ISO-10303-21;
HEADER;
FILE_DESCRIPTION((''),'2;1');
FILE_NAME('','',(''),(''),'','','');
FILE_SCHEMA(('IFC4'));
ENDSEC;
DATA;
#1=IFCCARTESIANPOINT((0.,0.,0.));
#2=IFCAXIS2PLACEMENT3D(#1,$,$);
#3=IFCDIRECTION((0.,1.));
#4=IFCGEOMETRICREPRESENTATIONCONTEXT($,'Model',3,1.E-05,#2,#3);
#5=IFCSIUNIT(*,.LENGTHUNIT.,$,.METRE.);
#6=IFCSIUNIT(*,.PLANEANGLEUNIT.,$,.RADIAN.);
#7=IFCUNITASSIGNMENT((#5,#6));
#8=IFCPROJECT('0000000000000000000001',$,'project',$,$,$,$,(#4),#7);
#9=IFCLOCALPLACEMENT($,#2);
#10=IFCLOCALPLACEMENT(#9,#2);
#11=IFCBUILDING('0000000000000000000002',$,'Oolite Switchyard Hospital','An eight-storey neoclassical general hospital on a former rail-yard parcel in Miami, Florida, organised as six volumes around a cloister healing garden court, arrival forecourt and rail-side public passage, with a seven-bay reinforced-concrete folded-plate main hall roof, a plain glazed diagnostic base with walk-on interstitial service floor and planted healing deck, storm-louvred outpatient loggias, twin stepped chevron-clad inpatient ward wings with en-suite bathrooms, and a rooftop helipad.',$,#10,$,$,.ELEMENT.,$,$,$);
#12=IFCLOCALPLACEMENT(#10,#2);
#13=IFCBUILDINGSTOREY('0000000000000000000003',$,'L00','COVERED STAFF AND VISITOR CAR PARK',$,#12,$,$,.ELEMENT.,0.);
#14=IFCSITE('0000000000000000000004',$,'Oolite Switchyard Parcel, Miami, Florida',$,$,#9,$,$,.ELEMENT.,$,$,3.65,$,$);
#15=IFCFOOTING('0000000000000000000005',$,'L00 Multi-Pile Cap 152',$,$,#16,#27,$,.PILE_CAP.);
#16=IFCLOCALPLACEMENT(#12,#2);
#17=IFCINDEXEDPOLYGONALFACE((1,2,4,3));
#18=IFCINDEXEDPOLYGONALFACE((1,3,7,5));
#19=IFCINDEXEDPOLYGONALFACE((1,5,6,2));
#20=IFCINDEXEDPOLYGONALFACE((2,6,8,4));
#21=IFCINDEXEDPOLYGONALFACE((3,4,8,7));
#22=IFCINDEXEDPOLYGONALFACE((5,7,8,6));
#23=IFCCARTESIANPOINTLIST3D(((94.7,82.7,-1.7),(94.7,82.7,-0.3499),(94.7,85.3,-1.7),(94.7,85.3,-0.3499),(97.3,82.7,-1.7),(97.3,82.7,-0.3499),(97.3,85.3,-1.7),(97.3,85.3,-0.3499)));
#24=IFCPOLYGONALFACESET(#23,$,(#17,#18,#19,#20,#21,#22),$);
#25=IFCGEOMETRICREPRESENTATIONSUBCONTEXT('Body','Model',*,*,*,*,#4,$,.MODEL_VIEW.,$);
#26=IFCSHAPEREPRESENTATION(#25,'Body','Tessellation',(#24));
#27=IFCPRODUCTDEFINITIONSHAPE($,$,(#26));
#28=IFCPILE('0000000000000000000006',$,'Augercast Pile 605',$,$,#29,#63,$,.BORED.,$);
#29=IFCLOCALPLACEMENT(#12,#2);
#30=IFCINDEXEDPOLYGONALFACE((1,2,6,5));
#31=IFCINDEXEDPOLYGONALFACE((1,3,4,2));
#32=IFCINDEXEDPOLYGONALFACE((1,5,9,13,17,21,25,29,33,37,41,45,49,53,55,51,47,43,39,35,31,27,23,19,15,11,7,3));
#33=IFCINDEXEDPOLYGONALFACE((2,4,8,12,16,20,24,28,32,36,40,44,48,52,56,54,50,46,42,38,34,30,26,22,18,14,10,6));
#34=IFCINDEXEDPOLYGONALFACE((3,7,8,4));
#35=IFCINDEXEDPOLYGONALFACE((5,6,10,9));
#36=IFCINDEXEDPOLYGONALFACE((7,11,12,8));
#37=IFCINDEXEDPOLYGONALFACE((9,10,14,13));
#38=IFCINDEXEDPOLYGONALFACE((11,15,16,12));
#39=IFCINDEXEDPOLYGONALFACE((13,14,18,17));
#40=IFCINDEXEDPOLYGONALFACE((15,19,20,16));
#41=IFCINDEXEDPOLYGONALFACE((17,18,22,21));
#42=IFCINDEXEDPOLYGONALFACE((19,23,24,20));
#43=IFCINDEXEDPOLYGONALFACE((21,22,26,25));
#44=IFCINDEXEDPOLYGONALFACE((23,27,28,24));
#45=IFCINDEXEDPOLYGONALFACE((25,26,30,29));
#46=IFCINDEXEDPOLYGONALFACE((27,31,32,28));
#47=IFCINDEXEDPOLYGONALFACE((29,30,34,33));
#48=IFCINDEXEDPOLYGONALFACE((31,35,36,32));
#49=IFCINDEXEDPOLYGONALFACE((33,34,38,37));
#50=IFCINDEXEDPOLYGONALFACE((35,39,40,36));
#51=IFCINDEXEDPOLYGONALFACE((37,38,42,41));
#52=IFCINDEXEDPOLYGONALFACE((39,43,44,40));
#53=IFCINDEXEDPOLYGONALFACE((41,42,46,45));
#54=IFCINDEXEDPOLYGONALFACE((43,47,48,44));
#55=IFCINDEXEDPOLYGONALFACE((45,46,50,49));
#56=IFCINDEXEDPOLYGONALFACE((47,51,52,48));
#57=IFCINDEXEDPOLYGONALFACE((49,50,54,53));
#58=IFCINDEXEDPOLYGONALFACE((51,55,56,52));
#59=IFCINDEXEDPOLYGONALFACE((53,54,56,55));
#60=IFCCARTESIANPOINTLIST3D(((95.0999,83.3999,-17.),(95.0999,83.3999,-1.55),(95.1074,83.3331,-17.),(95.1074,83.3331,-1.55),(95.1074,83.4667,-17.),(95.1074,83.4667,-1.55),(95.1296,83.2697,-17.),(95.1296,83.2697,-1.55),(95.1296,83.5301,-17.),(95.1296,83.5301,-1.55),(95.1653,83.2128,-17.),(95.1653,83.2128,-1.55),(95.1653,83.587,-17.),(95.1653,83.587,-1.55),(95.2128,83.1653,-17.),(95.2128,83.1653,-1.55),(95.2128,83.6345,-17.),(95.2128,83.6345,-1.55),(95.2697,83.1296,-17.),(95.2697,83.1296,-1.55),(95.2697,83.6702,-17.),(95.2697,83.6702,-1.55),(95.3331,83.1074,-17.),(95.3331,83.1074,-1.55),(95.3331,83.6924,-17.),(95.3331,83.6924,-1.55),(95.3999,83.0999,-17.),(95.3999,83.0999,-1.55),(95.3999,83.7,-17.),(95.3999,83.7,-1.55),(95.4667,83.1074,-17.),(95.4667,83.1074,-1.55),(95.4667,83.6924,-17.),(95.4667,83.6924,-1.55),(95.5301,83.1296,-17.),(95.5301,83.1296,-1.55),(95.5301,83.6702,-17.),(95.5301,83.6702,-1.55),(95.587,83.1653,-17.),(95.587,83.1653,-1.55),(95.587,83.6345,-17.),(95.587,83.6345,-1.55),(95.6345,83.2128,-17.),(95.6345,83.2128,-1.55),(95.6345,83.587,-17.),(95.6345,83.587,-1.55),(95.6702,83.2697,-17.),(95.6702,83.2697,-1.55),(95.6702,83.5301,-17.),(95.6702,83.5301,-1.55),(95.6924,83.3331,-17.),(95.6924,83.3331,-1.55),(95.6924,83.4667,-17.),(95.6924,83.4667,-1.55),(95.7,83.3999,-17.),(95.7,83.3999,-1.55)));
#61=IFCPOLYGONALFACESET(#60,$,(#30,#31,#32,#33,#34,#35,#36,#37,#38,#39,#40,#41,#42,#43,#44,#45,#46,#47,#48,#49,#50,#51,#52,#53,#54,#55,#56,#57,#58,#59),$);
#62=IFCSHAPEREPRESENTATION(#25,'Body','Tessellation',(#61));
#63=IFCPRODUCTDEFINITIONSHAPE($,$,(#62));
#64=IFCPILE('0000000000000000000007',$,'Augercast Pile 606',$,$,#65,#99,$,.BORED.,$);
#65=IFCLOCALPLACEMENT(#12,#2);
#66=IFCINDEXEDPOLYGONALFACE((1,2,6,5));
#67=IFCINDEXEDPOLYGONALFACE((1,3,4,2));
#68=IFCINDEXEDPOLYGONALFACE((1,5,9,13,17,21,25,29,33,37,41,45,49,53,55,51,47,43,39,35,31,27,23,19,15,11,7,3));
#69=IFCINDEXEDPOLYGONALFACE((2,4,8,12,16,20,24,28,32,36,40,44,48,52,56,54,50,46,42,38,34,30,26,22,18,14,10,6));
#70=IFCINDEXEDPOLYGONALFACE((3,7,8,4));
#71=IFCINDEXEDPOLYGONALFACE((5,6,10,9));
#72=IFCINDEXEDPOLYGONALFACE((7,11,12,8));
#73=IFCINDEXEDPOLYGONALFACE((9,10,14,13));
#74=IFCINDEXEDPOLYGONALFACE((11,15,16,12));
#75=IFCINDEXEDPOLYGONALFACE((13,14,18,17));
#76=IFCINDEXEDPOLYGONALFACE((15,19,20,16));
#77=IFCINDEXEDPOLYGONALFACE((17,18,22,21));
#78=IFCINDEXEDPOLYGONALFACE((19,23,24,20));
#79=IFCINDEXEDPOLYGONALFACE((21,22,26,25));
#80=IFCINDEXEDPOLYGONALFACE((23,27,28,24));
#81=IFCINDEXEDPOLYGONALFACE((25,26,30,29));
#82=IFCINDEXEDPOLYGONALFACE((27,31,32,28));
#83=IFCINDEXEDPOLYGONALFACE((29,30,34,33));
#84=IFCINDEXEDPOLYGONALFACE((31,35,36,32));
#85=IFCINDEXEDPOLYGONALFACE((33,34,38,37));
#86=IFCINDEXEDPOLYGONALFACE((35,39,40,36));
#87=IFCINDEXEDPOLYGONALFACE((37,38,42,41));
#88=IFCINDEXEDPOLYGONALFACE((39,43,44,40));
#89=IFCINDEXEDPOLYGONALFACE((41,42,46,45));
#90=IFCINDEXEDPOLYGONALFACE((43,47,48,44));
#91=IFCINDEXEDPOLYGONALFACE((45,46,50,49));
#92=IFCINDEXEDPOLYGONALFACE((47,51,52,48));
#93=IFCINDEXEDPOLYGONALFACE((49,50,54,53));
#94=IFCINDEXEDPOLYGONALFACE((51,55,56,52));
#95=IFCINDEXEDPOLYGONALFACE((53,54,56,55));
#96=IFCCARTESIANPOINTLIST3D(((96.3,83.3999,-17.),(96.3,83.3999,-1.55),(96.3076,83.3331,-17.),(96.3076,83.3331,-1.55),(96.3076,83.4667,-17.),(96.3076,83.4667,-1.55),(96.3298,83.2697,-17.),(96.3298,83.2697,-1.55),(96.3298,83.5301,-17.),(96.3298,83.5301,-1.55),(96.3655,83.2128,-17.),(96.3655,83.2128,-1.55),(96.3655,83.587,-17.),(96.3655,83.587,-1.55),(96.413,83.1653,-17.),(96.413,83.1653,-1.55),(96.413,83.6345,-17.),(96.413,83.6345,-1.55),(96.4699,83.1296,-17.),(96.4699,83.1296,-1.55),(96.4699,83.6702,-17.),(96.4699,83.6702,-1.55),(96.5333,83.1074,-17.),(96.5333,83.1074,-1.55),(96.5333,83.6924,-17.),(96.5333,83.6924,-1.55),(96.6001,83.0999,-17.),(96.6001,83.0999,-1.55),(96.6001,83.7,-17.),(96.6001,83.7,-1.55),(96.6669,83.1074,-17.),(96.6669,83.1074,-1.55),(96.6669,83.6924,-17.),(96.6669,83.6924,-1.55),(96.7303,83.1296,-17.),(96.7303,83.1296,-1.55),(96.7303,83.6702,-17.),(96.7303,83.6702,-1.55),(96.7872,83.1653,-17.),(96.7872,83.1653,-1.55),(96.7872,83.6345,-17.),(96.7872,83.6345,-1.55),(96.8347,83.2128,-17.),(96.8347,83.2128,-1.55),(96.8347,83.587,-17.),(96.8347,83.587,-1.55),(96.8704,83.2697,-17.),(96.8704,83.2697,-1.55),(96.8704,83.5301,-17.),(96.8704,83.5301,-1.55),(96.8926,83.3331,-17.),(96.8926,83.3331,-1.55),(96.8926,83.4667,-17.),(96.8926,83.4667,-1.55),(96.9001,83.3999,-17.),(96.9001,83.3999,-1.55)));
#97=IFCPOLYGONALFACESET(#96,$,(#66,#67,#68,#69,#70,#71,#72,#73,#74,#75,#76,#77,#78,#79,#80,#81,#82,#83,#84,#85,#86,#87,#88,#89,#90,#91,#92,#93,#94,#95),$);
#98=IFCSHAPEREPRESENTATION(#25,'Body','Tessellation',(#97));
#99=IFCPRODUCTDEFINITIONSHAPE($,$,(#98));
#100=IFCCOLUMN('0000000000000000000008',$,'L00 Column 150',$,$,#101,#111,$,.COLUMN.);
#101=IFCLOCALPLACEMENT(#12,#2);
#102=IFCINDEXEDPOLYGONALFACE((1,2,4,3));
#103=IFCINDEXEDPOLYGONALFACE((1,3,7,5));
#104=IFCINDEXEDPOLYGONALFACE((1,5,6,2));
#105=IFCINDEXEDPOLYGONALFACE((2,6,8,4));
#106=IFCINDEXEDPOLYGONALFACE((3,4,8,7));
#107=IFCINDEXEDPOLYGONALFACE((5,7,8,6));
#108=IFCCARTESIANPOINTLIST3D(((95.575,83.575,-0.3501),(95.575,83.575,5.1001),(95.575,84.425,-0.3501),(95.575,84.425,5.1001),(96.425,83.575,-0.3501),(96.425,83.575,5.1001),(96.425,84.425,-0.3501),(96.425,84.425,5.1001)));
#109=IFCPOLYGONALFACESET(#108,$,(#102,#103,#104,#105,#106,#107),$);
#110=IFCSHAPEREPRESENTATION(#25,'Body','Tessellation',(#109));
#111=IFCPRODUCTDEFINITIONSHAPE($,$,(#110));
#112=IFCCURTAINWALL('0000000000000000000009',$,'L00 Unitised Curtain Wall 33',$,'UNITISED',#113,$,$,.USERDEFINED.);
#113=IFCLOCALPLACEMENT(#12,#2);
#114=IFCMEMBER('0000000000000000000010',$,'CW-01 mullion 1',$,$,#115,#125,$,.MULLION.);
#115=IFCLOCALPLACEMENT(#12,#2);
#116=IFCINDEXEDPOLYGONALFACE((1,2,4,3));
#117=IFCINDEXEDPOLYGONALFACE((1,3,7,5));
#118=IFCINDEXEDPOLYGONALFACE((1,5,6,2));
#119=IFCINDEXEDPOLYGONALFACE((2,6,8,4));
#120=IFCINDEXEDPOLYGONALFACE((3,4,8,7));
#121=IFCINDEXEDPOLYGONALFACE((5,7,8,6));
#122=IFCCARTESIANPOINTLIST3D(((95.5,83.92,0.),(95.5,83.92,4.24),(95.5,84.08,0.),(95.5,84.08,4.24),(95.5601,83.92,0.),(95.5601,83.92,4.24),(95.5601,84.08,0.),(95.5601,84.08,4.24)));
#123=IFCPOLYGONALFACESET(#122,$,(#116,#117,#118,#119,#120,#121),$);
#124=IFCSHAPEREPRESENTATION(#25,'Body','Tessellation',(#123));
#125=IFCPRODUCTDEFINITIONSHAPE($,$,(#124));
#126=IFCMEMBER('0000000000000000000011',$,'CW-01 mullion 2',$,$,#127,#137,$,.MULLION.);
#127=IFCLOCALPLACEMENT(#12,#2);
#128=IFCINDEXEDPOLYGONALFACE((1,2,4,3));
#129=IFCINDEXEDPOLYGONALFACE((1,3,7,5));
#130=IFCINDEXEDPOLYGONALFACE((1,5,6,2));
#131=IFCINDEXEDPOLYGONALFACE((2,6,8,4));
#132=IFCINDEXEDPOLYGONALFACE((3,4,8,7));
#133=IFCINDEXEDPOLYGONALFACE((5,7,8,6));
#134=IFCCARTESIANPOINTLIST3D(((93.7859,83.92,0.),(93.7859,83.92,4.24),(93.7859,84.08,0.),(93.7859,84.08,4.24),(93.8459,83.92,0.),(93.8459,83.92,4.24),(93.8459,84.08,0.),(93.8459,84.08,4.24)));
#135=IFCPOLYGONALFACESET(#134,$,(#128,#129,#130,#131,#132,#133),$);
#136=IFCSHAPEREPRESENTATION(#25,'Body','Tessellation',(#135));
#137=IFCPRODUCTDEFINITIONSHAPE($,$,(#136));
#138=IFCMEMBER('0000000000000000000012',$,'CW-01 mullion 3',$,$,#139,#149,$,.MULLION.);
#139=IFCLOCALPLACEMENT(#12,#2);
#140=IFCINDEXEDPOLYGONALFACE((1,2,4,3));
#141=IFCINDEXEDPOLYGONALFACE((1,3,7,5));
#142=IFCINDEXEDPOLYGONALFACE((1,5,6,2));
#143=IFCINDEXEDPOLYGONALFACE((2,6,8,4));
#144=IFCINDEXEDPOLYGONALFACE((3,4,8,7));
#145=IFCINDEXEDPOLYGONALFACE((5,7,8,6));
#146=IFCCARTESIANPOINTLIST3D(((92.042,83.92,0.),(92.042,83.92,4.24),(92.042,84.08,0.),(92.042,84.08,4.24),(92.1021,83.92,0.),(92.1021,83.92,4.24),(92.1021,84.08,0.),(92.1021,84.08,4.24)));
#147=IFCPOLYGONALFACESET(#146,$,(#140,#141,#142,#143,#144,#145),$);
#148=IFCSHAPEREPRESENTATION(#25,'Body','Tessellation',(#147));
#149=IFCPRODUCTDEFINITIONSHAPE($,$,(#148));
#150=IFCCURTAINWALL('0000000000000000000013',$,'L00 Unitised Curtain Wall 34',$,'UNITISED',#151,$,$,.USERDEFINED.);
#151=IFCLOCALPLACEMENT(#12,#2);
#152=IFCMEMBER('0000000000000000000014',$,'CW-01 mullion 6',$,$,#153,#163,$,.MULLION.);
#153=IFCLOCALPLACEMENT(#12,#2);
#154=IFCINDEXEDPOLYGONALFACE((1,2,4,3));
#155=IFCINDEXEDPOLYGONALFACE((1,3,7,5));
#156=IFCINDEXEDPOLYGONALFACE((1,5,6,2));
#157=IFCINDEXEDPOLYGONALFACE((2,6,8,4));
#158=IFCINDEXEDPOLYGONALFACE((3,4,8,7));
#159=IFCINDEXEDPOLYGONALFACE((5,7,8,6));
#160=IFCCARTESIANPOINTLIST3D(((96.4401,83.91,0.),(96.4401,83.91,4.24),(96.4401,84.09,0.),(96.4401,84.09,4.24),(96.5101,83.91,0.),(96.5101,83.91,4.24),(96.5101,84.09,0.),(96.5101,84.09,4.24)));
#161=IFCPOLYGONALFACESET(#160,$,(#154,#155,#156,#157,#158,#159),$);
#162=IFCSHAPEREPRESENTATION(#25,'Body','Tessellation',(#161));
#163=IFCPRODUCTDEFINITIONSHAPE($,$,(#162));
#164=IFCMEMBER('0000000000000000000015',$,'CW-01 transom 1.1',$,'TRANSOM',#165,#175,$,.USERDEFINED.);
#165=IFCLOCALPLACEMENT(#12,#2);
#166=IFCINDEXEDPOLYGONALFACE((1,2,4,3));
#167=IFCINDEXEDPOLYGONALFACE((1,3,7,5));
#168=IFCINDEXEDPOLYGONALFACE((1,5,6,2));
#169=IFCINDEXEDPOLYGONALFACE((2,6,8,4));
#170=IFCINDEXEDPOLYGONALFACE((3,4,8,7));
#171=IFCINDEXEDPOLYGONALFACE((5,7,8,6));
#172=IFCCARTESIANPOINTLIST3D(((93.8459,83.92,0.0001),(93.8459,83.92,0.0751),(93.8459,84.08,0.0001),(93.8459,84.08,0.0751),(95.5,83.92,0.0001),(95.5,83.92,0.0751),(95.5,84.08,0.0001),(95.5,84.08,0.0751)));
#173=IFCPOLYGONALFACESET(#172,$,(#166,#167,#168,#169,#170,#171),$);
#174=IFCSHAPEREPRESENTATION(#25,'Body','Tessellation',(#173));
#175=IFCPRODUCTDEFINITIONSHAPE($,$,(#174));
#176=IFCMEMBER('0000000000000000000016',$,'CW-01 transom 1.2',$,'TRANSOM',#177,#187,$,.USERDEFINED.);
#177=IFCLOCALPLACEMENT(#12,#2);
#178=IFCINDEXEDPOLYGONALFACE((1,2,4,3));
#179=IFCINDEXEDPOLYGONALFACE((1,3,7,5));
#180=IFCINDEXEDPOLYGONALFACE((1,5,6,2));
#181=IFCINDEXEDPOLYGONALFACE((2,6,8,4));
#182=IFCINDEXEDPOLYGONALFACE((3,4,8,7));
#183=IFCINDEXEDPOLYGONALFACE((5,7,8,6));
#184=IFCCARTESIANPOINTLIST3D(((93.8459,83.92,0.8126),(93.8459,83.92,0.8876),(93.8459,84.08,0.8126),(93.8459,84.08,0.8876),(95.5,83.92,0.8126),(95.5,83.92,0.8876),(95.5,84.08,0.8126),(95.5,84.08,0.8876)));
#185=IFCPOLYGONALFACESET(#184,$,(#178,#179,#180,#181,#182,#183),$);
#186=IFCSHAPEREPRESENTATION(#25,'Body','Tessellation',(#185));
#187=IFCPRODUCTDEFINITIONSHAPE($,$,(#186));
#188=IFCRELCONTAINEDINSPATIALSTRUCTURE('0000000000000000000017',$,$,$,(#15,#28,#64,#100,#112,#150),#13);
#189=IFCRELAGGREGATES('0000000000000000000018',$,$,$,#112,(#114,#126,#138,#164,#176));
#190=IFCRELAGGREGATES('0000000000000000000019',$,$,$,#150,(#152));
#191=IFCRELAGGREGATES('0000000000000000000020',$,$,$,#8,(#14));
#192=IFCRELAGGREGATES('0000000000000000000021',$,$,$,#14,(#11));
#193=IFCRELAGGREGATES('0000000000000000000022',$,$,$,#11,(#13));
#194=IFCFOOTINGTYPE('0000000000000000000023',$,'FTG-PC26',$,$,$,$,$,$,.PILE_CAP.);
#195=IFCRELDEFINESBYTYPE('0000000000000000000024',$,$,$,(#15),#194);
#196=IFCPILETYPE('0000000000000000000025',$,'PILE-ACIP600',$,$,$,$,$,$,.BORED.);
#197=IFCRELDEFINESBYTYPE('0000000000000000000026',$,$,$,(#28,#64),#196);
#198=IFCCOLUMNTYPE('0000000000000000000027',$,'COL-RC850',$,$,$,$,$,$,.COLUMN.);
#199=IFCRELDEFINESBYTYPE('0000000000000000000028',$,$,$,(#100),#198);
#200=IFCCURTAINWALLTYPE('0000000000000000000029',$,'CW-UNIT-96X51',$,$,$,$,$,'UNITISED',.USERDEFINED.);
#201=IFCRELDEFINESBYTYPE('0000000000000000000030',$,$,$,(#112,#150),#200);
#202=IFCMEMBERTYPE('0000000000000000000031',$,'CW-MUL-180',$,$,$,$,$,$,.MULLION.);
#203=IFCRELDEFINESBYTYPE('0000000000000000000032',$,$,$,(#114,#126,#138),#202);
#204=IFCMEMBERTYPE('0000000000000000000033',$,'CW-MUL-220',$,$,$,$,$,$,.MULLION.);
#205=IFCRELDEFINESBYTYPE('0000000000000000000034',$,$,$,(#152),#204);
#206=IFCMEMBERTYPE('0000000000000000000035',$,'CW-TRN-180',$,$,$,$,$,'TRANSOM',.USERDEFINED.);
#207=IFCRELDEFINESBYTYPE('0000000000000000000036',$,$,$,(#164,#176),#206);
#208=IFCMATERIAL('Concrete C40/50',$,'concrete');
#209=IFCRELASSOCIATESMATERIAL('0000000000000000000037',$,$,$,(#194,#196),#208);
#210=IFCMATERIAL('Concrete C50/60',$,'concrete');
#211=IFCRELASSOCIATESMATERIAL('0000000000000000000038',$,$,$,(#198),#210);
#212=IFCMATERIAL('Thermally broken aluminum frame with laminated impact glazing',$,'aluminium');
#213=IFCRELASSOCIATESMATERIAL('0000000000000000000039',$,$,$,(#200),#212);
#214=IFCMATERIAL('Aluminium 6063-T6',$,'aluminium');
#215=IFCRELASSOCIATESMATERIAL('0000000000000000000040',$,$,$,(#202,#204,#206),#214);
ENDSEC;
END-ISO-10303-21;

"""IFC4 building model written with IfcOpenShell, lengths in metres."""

from ifc_helpers import new_model, si_unit, direction, frame, origin, origin_2d, place, context, subcontext, project, spatial, rectangle, circle, extrude, material, material_profile, profile_set, type_object, element, aggregate, save


model = new_model("IFC4")

# Units and contexts
model_context = context("Model", 3, precision=1e-05, world=origin(), true_north=direction((0.0, 1.0)))
body_context = subcontext(model_context, "Body", "Model", "MODEL_VIEW")
ifc_project = project(units=[si_unit("LENGTHUNIT", "METRE"), si_unit("PLANEANGLEUNIT", "RADIAN")], contexts=[model_context])

# Site, building, storey
site_placement = place(None, origin())
site = spatial("IfcSite", under=ifc_project, at=site_placement, Name="Oolite Switchyard Parcel, Miami, Florida", CompositionType="ELEMENT", RefElevation=3.65)
building_placement = place(site_placement, origin())
building = spatial("IfcBuilding", under=site, at=building_placement, Name="Oolite Switchyard Hospital", Description="An eight-storey neoclassical general hospital on a former rail-yard parcel in Miami, Florida, organised as six volumes around a cloister healing garden court, arrival forecourt and rail-side public passage, with a seven-bay reinforced-concrete folded-plate main hall roof, a plain glazed diagnostic base with walk-on interstitial service floor and planted healing deck, storm-louvred outpatient loggias, twin stepped chevron-clad inpatient ward wings with en-suite bathrooms, and a rooftop helipad.", CompositionType="ELEMENT")
storey_placement = place(building_placement, origin())
storey = spatial("IfcBuildingStorey", under=building, at=storey_placement, Name="L00", Description="COVERED STAFF AND VISITOR CAR PARK", CompositionType="ELEMENT", Elevation=0.0)

# Footing
ifc_material_1 = material(Name="Concrete C40/50", Category="concrete")
footing_type = type_object("IfcFootingType", Name="FTG-PC26", PredefinedType="PILE_CAP", material=ifc_material_1)
footing_placement = place(storey_placement, frame((96.0, 84.0, -1.7), z_axis=(0.0, 0.0, 1.0), x_axis=(1.0, 0.0, 0.0)))
element("IfcFooting", 1, at=footing_placement, inside=storey, type_object=footing_type, Name="L00 Multi-Pile Cap 152", PredefinedType="PILE_CAP", context=body_context, shape_type="SweptSolid", body=[
    extrude(rectangle(XDim=2.6001, YDim=2.6001, at=origin_2d()), origin(), (0.0, 0.0, 1.0), 1.3501),
])

# Piles
ifc_material_profile_1 = material_profile(ifc_material_1, circle(Radius=0.3, at=origin_2d()), Name="PILE600")
ifc_profile_set_1 = profile_set([ifc_material_profile_1], Name="Concrete C40/50")
pile_type = type_object("IfcPileType", Name="PILE-ACIP600", PredefinedType="BORED", material=ifc_profile_set_1)
for number, where, z_axis, x_axis, name in (
    (2, (95.3999, 83.3999, -1.55), (0.0, 0.0, -1.0), (1.0, 0.0, 0.0), "Augercast Pile 605"),
    (3, (96.6001, 83.3999, -1.55), (0.0, 0.0, -1.0), (1.0, 0.0, 0.0), "Augercast Pile 606"),
):
    element("IfcPile", number, at=place(storey_placement, frame(where, z_axis=z_axis, x_axis=x_axis)), inside=storey, type_object=pile_type, Name=name, PredefinedType="BORED", context=body_context, shape_type="SweptSolid", body=[
        extrude(circle(Radius=0.3, at=origin_2d()), origin(), (0.0, 0.0, 1.0), 15.45),
    ])

# Column
ifc_material_2 = material(Name="Concrete C50/60", Category="concrete")
ifc_material_profile_2 = material_profile(ifc_material_2, rectangle(XDim=0.8501, YDim=0.8501, at=origin_2d()), Name="RC850X850")
ifc_profile_set_2 = profile_set([ifc_material_profile_2], Name="Concrete C50/60")
column_type = type_object("IfcColumnType", Name="COL-RC850", PredefinedType="COLUMN", material=ifc_profile_set_2)
column_placement = place(storey_placement, frame((96.0, 84.0, -0.3501), z_axis=(0.0, 0.0, 1.0), x_axis=(1.0, 0.0, 0.0)))
element("IfcColumn", 4, at=column_placement, inside=storey, type_object=column_type, Name="L00 Column 150", PredefinedType="COLUMN", context=body_context, shape_type="SweptSolid", body=[
    extrude(rectangle(XDim=0.8501, YDim=0.8501, at=origin_2d()), origin(), (0.0, 0.0, 1.0), 5.4502),
])

# Curtain wall, members
ifc_material_3 = material(Name="Thermally broken aluminum frame with laminated impact glazing", Category="aluminium")
curtain_wall_type = type_object("IfcCurtainWallType", Name="CW-UNIT-96X51", ElementType="UNITISED", PredefinedType="USERDEFINED", material=ifc_material_3)
curtain_wall_1_placement = place(storey_placement, origin())
curtain_wall_1 = element("IfcCurtainWall", 5, at=curtain_wall_1_placement, inside=storey, type_object=curtain_wall_type, Name="L00 Unitised Curtain Wall 33", ObjectType="UNITISED", PredefinedType="USERDEFINED")
ifc_material_4 = material(Name="Aluminium 6063-T6", Category="aluminium")
ifc_material_profile_3 = material_profile(ifc_material_4, rectangle(XDim=0.1599, YDim=0.0601, at=origin_2d()), Name="CWM60X160")
ifc_profile_set_3 = profile_set([ifc_material_profile_3], Name="Aluminium 6063-T6")
member_type_1 = type_object("IfcMemberType", Name="CW-MUL-180", PredefinedType="MULLION", material=ifc_profile_set_3)
member_1_placement = place(storey_placement, frame((95.53, 84.0, 0.0), z_axis=(0.0, 0.0, 1.0), x_axis=(0.0, -1.0, 0.0)))
member_1 = element("IfcMember", 6, at=member_1_placement, type_object=member_type_1, Name="CW-01 mullion 1", PredefinedType="MULLION", context=body_context, shape_type="SweptSolid", body=[
    extrude(rectangle(XDim=0.1599, YDim=0.0601, at=origin_2d()), origin(), (0.0, 0.0, 1.0), 4.24),
])
member_2_placement = place(storey_placement, frame((93.8159, 84.0, 0.0), z_axis=(0.0, 0.0, 1.0), x_axis=(0.0, -1.0, 0.0)))
member_2 = element("IfcMember", 7, at=member_2_placement, type_object=member_type_1, Name="CW-01 mullion 2", PredefinedType="MULLION", context=body_context, shape_type="SweptSolid", body=[
    extrude(rectangle(XDim=0.1599, YDim=0.0601, at=origin_2d()), origin(), (0.0, 0.0, 1.0), 4.24),
])
member_3_placement = place(storey_placement, frame((92.072, 84.0, 0.0), z_axis=(0.0, 0.0, 1.0), x_axis=(0.0, -1.0, 0.0)))
member_3 = element("IfcMember", 8, at=member_3_placement, type_object=member_type_1, Name="CW-01 mullion 3", PredefinedType="MULLION", context=body_context, shape_type="SweptSolid", body=[
    extrude(rectangle(XDim=0.1599, YDim=0.0601, at=origin_2d()), origin(), (0.0, 0.0, 1.0), 4.24),
])

# Curtain wall, member
curtain_wall_2_placement = place(storey_placement, origin())
curtain_wall_2 = element("IfcCurtainWall", 9, at=curtain_wall_2_placement, inside=storey, type_object=curtain_wall_type, Name="L00 Unitised Curtain Wall 34", ObjectType="UNITISED", PredefinedType="USERDEFINED")
ifc_material_profile_4 = material_profile(ifc_material_4, rectangle(XDim=0.1799, YDim=0.0701, at=origin_2d()), Name="CWM70X180")
ifc_profile_set_4 = profile_set([ifc_material_profile_4], Name="Aluminium 6063-T6")
member_type_2 = type_object("IfcMemberType", Name="CW-MUL-220", PredefinedType="MULLION", material=ifc_profile_set_4)
member_4_placement = place(storey_placement, frame((96.4751, 84.0, 0.0), z_axis=(0.0, 0.0, 1.0), x_axis=(0.0, -1.0, 0.0)))
member_4 = element("IfcMember", 10, at=member_4_placement, type_object=member_type_2, Name="CW-01 mullion 6", PredefinedType="MULLION", context=body_context, shape_type="SweptSolid", body=[
    extrude(rectangle(XDim=0.1799, YDim=0.0701, at=origin_2d()), origin(), (0.0, 0.0, 1.0), 4.24),
])

# Members
ifc_material_profile_5 = material_profile(ifc_material_4, rectangle(XDim=0.1599, YDim=0.075, at=origin_2d()), Name="CWT75X160")
ifc_profile_set_5 = profile_set([ifc_material_profile_5], Name="Aluminium 6063-T6")
member_type_3 = type_object("IfcMemberType", Name="CW-TRN-180", ElementType="TRANSOM", PredefinedType="USERDEFINED", material=ifc_profile_set_5)
member_5_placement = place(storey_placement, frame((95.5, 84.0, 0.0376), z_axis=(-1.0, 0.0, 0.0), x_axis=(0.0, -1.0, 0.0)))
member_5 = element("IfcMember", 11, at=member_5_placement, type_object=member_type_3, Name="CW-01 transom 1.1", ObjectType="TRANSOM", PredefinedType="USERDEFINED", context=body_context, shape_type="SweptSolid", body=[
    extrude(rectangle(XDim=0.1599, YDim=0.075, at=origin_2d()), origin(), (0.0, 0.0, 1.0), 1.6541),
])
member_6_placement = place(storey_placement, frame((95.5, 84.0, 0.8501), z_axis=(-1.0, 0.0, 0.0), x_axis=(0.0, -1.0, 0.0)))
member_6 = element("IfcMember", 12, at=member_6_placement, type_object=member_type_3, Name="CW-01 transom 1.2", ObjectType="TRANSOM", PredefinedType="USERDEFINED", context=body_context, shape_type="SweptSolid", body=[
    extrude(rectangle(XDim=0.1599, YDim=0.075, at=origin_2d()), origin(), (0.0, 0.0, 1.0), 1.6541),
])

aggregate(curtain_wall_1, [member_1, member_2, member_3, member_5, member_6])
aggregate(curtain_wall_2, [member_4])

save(model, "model.ifc")
